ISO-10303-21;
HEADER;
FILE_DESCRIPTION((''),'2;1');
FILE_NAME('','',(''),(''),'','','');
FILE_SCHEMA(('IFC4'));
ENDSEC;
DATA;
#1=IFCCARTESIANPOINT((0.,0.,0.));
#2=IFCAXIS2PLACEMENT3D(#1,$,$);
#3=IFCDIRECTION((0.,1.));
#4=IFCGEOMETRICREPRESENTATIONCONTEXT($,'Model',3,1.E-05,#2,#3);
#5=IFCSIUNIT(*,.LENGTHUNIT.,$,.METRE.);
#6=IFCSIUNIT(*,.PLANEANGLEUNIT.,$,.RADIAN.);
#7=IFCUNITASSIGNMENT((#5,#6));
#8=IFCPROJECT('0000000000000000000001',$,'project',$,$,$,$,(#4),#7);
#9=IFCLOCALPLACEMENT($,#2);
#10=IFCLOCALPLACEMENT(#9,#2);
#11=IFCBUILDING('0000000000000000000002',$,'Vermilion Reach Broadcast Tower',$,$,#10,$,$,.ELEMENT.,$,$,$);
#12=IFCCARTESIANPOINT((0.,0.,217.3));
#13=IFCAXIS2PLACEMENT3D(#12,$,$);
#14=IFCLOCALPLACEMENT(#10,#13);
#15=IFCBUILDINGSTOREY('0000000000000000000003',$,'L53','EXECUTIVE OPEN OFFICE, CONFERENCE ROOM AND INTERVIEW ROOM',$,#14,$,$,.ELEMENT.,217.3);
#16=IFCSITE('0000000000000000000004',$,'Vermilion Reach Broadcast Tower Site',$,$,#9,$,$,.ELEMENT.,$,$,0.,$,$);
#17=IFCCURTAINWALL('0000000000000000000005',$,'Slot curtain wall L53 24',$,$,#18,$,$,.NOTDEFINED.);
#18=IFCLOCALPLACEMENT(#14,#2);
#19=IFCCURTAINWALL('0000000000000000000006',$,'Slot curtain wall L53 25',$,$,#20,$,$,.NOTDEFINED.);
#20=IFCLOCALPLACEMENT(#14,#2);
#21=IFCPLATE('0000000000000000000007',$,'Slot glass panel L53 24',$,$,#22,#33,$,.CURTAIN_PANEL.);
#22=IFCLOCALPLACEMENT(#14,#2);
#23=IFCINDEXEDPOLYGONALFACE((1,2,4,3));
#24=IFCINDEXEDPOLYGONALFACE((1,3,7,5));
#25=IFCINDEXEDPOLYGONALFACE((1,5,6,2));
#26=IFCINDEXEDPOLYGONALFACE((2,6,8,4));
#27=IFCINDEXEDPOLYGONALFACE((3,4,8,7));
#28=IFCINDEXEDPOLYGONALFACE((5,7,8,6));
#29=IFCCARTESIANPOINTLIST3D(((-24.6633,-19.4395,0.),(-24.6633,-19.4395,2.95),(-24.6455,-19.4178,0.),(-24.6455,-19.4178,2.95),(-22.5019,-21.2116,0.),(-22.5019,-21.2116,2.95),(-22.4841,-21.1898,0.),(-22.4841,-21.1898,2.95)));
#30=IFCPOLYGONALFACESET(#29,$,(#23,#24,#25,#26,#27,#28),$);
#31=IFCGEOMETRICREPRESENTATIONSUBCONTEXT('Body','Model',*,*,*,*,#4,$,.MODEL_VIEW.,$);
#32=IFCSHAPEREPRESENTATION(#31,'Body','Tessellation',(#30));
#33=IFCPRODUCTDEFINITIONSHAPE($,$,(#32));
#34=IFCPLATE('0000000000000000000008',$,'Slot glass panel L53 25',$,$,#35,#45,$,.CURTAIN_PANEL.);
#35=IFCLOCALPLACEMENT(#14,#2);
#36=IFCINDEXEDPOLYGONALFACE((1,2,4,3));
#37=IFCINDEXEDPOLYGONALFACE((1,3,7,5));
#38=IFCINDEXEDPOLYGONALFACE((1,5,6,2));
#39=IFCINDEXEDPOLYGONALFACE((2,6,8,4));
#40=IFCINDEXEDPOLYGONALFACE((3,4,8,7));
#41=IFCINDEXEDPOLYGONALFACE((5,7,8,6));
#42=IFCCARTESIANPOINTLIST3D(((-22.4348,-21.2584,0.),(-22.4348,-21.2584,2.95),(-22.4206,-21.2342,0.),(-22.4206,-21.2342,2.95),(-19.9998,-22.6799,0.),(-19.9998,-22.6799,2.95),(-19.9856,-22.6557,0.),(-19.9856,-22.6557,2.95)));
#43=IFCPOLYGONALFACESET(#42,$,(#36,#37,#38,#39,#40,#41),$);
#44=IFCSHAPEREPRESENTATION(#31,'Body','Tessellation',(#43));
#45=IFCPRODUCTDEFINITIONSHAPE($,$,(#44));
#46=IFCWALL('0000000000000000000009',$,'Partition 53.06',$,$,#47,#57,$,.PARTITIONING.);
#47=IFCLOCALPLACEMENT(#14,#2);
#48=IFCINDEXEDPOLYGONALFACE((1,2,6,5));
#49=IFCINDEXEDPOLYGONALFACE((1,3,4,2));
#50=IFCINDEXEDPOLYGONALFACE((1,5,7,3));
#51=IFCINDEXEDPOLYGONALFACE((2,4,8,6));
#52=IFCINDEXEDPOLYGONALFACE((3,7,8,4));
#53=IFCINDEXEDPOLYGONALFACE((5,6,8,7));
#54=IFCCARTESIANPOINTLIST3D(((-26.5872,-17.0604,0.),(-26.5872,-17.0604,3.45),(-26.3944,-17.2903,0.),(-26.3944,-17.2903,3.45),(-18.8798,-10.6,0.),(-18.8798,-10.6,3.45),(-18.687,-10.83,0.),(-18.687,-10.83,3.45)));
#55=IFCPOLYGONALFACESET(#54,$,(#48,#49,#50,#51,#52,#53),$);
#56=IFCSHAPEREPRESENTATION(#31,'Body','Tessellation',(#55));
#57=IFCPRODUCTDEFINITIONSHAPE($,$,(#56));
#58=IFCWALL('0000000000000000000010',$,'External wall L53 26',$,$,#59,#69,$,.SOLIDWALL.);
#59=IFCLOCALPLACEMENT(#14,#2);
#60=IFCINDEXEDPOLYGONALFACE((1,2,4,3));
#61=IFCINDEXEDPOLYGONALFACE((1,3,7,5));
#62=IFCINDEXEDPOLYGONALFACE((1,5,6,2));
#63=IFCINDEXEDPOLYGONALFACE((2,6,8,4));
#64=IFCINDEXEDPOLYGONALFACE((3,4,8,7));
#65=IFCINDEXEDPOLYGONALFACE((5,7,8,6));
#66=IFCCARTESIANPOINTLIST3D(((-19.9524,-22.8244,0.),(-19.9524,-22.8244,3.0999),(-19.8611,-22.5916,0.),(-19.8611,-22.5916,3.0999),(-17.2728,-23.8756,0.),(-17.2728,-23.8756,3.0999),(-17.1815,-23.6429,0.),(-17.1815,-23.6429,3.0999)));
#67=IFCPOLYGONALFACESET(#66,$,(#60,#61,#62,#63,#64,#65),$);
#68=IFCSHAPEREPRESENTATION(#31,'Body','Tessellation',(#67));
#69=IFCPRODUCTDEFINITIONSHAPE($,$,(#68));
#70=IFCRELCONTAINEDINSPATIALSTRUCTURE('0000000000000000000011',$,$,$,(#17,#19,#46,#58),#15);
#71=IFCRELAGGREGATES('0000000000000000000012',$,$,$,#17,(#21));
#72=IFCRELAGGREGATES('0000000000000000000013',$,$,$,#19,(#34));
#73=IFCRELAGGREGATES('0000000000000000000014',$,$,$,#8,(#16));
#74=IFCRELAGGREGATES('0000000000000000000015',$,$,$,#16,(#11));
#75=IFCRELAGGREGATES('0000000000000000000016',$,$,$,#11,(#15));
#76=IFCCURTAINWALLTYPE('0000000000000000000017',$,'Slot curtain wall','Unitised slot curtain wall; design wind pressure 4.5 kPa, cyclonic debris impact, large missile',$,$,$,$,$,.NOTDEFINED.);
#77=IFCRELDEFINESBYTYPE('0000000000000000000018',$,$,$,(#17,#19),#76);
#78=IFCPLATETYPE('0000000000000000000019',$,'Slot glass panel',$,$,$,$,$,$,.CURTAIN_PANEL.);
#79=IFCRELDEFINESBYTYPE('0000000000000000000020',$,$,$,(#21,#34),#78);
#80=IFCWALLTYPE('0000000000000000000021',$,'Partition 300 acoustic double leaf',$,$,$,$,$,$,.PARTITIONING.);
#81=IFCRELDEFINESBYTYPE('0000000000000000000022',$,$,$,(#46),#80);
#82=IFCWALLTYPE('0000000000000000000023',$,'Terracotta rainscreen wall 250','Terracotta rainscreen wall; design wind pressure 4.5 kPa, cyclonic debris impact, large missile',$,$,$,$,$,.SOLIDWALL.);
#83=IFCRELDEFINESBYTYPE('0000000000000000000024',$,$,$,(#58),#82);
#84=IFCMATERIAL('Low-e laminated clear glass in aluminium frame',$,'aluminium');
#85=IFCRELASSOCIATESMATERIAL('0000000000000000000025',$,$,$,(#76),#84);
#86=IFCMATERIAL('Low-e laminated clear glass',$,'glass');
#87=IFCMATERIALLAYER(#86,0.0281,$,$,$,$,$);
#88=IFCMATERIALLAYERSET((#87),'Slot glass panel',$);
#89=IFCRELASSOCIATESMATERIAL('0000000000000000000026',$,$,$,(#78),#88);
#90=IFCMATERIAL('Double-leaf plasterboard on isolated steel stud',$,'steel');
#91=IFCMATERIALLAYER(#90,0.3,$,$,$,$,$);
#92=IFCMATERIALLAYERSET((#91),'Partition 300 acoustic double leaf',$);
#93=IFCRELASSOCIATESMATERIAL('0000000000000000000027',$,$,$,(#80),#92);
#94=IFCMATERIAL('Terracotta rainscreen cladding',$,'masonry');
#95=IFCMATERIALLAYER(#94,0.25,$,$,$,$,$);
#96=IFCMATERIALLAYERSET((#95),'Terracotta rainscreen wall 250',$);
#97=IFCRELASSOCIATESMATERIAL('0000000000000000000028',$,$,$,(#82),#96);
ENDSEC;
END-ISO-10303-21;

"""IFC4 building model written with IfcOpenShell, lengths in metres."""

from ifc_helpers import new_model, si_unit, direction, frame, frame_2d, origin, origin_2d, place, context, subcontext, project, spatial, rectangle, extrude, material, layer, layer_set, type_object, element, aggregate, save


model = new_model("IFC4")

# Units and contexts
model_context = context("Model", 3, precision=1e-05, world=origin(), true_north=direction((0.0, 1.0)))
body_context = subcontext(model_context, "Body", "Model", "MODEL_VIEW")
ifc_project = project(units=[si_unit("LENGTHUNIT", "METRE"), si_unit("PLANEANGLEUNIT", "RADIAN")], contexts=[model_context])

# Site, building, storey
site_placement = place(None, origin())
site = spatial("IfcSite", under=ifc_project, at=site_placement, Name="Vermilion Reach Broadcast Tower Site", CompositionType="ELEMENT", RefElevation=0.0)
building_placement = place(site_placement, origin())
building = spatial("IfcBuilding", under=site, at=building_placement, Name="Vermilion Reach Broadcast Tower", CompositionType="ELEMENT")
storey_placement = place(building_placement, frame((0.0, 0.0, 217.3)))
storey = spatial("IfcBuildingStorey", under=building, at=storey_placement, Name="L53", Description="EXECUTIVE OPEN OFFICE, CONFERENCE ROOM AND INTERVIEW ROOM", CompositionType="ELEMENT", Elevation=217.3)

# Curtain wall
ifc_material_1 = material(Name="Low-e laminated clear glass in aluminium frame", Category="aluminium")
curtain_wall_type = type_object("IfcCurtainWallType", Name="Slot curtain wall", Description="Unitised slot curtain wall; design wind pressure 4.5 kPa, cyclonic debris impact, large missile", PredefinedType="NOTDEFINED", material=ifc_material_1)
placement = place(storey_placement, origin())
curtain_wall_1 = element("IfcCurtainWall", 1, at=placement, inside=storey, type_object=curtain_wall_type, Name="Slot curtain wall L53 24", PredefinedType="NOTDEFINED")

# Curtain wall
curtain_wall_2 = element("IfcCurtainWall", 2, at=placement, inside=storey, type_object=curtain_wall_type, Name="Slot curtain wall L53 25", PredefinedType="NOTDEFINED")

# Shared definitions
ifc_material_2 = material(Name="Low-e laminated clear glass", Category="glass")
ifc_layer_1 = layer(ifc_material_2, 0.0281)
ifc_layer_set_1 = layer_set([ifc_layer_1], Name="Slot glass panel")
plate_type = type_object("IfcPlateType", Name="Slot glass panel", PredefinedType="CURTAIN_PANEL", material=ifc_layer_set_1)

# Plates
plate_1_placement = place(storey_placement, frame((-23.5737, -20.3147, 0.0), z_axis=(0.0, 0.0, 1.0), x_axis=(0.773323, -0.634012, 0.0)))
plate_1 = element("IfcPlate", 3, at=plate_1_placement, type_object=plate_type, Name="Slot glass panel L53 24", PredefinedType="CURTAIN_PANEL", context=body_context, shape_type="SweptSolid", body=[
    extrude(rectangle(XDim=2.7949, YDim=0.0281, at=origin_2d()), origin(), (0.0, 0.0, 1.0), 2.95),
])
aggregate(curtain_wall_1, [plate_1])
plate_2_placement = place(storey_placement, frame((-21.2102, -21.957, 0.0), z_axis=(0.0, 0.0, 1.0), x_axis=(0.863612, -0.504158, 0.0)))
plate_2 = element("IfcPlate", 4, at=plate_2_placement, type_object=plate_type, Name="Slot glass panel L53 25", PredefinedType="CURTAIN_PANEL", context=body_context, shape_type="SweptSolid", body=[
    extrude(rectangle(XDim=2.8196, YDim=0.0281, at=origin_2d()), origin(), (0.0, 0.0, 1.0), 2.95),
])
aggregate(curtain_wall_2, [plate_2])

# Walls
ifc_material_3 = material(Name="Double-leaf plasterboard on isolated steel stud", Category="steel")
ifc_layer_2 = layer(ifc_material_3, 0.3)
ifc_layer_set_2 = layer_set([ifc_layer_2], Name="Partition 300 acoustic double leaf")
wall_type_1 = type_object("IfcWallType", Name="Partition 300 acoustic double leaf", PredefinedType="PARTITIONING", material=ifc_layer_set_2)
wall_1_placement = place(storey_placement, frame((-26.4907, -17.1753, 0.0), z_axis=(0.0, 0.0, 1.0), x_axis=(0.766384, 0.642383, 0.0)))
element("IfcWall", 5, at=wall_1_placement, inside=storey, type_object=wall_type_1, Name="Partition 53.06", PredefinedType="PARTITIONING", context=body_context, shape_type="SweptSolid", body=[
    extrude(rectangle(XDim=10.0569, YDim=0.3, at=frame_2d((5.0283, 0.0))), origin(), (0.0, 0.0, 1.0), 3.45),
])
ifc_material_4 = material(Name="Terracotta rainscreen cladding", Category="masonry")
ifc_layer_3 = layer(ifc_material_4, 0.25)
ifc_layer_set_3 = layer_set([ifc_layer_3], Name="Terracotta rainscreen wall 250")
wall_type_2 = type_object("IfcWallType", Name="Terracotta rainscreen wall 250", Description="Terracotta rainscreen wall; design wind pressure 4.5 kPa, cyclonic debris impact, large missile", PredefinedType="SOLIDWALL", material=ifc_layer_set_3)
wall_2_placement = place(storey_placement, frame((-19.9067, -22.708, 0.0), z_axis=(0.0, 0.0, 1.0), x_axis=(0.930925, -0.365211, 0.0)))
element("IfcWall", 6, at=wall_2_placement, inside=storey, type_object=wall_type_2, Name="External wall L53 26", PredefinedType="SOLIDWALL", context=body_context, shape_type="SweptSolid", body=[
    extrude(rectangle(XDim=2.8784, YDim=0.25, at=frame_2d((1.4392, 0.0))), origin(), (0.0, 0.0, 1.0), 3.0999),
])

save(model, "model.ifc")
